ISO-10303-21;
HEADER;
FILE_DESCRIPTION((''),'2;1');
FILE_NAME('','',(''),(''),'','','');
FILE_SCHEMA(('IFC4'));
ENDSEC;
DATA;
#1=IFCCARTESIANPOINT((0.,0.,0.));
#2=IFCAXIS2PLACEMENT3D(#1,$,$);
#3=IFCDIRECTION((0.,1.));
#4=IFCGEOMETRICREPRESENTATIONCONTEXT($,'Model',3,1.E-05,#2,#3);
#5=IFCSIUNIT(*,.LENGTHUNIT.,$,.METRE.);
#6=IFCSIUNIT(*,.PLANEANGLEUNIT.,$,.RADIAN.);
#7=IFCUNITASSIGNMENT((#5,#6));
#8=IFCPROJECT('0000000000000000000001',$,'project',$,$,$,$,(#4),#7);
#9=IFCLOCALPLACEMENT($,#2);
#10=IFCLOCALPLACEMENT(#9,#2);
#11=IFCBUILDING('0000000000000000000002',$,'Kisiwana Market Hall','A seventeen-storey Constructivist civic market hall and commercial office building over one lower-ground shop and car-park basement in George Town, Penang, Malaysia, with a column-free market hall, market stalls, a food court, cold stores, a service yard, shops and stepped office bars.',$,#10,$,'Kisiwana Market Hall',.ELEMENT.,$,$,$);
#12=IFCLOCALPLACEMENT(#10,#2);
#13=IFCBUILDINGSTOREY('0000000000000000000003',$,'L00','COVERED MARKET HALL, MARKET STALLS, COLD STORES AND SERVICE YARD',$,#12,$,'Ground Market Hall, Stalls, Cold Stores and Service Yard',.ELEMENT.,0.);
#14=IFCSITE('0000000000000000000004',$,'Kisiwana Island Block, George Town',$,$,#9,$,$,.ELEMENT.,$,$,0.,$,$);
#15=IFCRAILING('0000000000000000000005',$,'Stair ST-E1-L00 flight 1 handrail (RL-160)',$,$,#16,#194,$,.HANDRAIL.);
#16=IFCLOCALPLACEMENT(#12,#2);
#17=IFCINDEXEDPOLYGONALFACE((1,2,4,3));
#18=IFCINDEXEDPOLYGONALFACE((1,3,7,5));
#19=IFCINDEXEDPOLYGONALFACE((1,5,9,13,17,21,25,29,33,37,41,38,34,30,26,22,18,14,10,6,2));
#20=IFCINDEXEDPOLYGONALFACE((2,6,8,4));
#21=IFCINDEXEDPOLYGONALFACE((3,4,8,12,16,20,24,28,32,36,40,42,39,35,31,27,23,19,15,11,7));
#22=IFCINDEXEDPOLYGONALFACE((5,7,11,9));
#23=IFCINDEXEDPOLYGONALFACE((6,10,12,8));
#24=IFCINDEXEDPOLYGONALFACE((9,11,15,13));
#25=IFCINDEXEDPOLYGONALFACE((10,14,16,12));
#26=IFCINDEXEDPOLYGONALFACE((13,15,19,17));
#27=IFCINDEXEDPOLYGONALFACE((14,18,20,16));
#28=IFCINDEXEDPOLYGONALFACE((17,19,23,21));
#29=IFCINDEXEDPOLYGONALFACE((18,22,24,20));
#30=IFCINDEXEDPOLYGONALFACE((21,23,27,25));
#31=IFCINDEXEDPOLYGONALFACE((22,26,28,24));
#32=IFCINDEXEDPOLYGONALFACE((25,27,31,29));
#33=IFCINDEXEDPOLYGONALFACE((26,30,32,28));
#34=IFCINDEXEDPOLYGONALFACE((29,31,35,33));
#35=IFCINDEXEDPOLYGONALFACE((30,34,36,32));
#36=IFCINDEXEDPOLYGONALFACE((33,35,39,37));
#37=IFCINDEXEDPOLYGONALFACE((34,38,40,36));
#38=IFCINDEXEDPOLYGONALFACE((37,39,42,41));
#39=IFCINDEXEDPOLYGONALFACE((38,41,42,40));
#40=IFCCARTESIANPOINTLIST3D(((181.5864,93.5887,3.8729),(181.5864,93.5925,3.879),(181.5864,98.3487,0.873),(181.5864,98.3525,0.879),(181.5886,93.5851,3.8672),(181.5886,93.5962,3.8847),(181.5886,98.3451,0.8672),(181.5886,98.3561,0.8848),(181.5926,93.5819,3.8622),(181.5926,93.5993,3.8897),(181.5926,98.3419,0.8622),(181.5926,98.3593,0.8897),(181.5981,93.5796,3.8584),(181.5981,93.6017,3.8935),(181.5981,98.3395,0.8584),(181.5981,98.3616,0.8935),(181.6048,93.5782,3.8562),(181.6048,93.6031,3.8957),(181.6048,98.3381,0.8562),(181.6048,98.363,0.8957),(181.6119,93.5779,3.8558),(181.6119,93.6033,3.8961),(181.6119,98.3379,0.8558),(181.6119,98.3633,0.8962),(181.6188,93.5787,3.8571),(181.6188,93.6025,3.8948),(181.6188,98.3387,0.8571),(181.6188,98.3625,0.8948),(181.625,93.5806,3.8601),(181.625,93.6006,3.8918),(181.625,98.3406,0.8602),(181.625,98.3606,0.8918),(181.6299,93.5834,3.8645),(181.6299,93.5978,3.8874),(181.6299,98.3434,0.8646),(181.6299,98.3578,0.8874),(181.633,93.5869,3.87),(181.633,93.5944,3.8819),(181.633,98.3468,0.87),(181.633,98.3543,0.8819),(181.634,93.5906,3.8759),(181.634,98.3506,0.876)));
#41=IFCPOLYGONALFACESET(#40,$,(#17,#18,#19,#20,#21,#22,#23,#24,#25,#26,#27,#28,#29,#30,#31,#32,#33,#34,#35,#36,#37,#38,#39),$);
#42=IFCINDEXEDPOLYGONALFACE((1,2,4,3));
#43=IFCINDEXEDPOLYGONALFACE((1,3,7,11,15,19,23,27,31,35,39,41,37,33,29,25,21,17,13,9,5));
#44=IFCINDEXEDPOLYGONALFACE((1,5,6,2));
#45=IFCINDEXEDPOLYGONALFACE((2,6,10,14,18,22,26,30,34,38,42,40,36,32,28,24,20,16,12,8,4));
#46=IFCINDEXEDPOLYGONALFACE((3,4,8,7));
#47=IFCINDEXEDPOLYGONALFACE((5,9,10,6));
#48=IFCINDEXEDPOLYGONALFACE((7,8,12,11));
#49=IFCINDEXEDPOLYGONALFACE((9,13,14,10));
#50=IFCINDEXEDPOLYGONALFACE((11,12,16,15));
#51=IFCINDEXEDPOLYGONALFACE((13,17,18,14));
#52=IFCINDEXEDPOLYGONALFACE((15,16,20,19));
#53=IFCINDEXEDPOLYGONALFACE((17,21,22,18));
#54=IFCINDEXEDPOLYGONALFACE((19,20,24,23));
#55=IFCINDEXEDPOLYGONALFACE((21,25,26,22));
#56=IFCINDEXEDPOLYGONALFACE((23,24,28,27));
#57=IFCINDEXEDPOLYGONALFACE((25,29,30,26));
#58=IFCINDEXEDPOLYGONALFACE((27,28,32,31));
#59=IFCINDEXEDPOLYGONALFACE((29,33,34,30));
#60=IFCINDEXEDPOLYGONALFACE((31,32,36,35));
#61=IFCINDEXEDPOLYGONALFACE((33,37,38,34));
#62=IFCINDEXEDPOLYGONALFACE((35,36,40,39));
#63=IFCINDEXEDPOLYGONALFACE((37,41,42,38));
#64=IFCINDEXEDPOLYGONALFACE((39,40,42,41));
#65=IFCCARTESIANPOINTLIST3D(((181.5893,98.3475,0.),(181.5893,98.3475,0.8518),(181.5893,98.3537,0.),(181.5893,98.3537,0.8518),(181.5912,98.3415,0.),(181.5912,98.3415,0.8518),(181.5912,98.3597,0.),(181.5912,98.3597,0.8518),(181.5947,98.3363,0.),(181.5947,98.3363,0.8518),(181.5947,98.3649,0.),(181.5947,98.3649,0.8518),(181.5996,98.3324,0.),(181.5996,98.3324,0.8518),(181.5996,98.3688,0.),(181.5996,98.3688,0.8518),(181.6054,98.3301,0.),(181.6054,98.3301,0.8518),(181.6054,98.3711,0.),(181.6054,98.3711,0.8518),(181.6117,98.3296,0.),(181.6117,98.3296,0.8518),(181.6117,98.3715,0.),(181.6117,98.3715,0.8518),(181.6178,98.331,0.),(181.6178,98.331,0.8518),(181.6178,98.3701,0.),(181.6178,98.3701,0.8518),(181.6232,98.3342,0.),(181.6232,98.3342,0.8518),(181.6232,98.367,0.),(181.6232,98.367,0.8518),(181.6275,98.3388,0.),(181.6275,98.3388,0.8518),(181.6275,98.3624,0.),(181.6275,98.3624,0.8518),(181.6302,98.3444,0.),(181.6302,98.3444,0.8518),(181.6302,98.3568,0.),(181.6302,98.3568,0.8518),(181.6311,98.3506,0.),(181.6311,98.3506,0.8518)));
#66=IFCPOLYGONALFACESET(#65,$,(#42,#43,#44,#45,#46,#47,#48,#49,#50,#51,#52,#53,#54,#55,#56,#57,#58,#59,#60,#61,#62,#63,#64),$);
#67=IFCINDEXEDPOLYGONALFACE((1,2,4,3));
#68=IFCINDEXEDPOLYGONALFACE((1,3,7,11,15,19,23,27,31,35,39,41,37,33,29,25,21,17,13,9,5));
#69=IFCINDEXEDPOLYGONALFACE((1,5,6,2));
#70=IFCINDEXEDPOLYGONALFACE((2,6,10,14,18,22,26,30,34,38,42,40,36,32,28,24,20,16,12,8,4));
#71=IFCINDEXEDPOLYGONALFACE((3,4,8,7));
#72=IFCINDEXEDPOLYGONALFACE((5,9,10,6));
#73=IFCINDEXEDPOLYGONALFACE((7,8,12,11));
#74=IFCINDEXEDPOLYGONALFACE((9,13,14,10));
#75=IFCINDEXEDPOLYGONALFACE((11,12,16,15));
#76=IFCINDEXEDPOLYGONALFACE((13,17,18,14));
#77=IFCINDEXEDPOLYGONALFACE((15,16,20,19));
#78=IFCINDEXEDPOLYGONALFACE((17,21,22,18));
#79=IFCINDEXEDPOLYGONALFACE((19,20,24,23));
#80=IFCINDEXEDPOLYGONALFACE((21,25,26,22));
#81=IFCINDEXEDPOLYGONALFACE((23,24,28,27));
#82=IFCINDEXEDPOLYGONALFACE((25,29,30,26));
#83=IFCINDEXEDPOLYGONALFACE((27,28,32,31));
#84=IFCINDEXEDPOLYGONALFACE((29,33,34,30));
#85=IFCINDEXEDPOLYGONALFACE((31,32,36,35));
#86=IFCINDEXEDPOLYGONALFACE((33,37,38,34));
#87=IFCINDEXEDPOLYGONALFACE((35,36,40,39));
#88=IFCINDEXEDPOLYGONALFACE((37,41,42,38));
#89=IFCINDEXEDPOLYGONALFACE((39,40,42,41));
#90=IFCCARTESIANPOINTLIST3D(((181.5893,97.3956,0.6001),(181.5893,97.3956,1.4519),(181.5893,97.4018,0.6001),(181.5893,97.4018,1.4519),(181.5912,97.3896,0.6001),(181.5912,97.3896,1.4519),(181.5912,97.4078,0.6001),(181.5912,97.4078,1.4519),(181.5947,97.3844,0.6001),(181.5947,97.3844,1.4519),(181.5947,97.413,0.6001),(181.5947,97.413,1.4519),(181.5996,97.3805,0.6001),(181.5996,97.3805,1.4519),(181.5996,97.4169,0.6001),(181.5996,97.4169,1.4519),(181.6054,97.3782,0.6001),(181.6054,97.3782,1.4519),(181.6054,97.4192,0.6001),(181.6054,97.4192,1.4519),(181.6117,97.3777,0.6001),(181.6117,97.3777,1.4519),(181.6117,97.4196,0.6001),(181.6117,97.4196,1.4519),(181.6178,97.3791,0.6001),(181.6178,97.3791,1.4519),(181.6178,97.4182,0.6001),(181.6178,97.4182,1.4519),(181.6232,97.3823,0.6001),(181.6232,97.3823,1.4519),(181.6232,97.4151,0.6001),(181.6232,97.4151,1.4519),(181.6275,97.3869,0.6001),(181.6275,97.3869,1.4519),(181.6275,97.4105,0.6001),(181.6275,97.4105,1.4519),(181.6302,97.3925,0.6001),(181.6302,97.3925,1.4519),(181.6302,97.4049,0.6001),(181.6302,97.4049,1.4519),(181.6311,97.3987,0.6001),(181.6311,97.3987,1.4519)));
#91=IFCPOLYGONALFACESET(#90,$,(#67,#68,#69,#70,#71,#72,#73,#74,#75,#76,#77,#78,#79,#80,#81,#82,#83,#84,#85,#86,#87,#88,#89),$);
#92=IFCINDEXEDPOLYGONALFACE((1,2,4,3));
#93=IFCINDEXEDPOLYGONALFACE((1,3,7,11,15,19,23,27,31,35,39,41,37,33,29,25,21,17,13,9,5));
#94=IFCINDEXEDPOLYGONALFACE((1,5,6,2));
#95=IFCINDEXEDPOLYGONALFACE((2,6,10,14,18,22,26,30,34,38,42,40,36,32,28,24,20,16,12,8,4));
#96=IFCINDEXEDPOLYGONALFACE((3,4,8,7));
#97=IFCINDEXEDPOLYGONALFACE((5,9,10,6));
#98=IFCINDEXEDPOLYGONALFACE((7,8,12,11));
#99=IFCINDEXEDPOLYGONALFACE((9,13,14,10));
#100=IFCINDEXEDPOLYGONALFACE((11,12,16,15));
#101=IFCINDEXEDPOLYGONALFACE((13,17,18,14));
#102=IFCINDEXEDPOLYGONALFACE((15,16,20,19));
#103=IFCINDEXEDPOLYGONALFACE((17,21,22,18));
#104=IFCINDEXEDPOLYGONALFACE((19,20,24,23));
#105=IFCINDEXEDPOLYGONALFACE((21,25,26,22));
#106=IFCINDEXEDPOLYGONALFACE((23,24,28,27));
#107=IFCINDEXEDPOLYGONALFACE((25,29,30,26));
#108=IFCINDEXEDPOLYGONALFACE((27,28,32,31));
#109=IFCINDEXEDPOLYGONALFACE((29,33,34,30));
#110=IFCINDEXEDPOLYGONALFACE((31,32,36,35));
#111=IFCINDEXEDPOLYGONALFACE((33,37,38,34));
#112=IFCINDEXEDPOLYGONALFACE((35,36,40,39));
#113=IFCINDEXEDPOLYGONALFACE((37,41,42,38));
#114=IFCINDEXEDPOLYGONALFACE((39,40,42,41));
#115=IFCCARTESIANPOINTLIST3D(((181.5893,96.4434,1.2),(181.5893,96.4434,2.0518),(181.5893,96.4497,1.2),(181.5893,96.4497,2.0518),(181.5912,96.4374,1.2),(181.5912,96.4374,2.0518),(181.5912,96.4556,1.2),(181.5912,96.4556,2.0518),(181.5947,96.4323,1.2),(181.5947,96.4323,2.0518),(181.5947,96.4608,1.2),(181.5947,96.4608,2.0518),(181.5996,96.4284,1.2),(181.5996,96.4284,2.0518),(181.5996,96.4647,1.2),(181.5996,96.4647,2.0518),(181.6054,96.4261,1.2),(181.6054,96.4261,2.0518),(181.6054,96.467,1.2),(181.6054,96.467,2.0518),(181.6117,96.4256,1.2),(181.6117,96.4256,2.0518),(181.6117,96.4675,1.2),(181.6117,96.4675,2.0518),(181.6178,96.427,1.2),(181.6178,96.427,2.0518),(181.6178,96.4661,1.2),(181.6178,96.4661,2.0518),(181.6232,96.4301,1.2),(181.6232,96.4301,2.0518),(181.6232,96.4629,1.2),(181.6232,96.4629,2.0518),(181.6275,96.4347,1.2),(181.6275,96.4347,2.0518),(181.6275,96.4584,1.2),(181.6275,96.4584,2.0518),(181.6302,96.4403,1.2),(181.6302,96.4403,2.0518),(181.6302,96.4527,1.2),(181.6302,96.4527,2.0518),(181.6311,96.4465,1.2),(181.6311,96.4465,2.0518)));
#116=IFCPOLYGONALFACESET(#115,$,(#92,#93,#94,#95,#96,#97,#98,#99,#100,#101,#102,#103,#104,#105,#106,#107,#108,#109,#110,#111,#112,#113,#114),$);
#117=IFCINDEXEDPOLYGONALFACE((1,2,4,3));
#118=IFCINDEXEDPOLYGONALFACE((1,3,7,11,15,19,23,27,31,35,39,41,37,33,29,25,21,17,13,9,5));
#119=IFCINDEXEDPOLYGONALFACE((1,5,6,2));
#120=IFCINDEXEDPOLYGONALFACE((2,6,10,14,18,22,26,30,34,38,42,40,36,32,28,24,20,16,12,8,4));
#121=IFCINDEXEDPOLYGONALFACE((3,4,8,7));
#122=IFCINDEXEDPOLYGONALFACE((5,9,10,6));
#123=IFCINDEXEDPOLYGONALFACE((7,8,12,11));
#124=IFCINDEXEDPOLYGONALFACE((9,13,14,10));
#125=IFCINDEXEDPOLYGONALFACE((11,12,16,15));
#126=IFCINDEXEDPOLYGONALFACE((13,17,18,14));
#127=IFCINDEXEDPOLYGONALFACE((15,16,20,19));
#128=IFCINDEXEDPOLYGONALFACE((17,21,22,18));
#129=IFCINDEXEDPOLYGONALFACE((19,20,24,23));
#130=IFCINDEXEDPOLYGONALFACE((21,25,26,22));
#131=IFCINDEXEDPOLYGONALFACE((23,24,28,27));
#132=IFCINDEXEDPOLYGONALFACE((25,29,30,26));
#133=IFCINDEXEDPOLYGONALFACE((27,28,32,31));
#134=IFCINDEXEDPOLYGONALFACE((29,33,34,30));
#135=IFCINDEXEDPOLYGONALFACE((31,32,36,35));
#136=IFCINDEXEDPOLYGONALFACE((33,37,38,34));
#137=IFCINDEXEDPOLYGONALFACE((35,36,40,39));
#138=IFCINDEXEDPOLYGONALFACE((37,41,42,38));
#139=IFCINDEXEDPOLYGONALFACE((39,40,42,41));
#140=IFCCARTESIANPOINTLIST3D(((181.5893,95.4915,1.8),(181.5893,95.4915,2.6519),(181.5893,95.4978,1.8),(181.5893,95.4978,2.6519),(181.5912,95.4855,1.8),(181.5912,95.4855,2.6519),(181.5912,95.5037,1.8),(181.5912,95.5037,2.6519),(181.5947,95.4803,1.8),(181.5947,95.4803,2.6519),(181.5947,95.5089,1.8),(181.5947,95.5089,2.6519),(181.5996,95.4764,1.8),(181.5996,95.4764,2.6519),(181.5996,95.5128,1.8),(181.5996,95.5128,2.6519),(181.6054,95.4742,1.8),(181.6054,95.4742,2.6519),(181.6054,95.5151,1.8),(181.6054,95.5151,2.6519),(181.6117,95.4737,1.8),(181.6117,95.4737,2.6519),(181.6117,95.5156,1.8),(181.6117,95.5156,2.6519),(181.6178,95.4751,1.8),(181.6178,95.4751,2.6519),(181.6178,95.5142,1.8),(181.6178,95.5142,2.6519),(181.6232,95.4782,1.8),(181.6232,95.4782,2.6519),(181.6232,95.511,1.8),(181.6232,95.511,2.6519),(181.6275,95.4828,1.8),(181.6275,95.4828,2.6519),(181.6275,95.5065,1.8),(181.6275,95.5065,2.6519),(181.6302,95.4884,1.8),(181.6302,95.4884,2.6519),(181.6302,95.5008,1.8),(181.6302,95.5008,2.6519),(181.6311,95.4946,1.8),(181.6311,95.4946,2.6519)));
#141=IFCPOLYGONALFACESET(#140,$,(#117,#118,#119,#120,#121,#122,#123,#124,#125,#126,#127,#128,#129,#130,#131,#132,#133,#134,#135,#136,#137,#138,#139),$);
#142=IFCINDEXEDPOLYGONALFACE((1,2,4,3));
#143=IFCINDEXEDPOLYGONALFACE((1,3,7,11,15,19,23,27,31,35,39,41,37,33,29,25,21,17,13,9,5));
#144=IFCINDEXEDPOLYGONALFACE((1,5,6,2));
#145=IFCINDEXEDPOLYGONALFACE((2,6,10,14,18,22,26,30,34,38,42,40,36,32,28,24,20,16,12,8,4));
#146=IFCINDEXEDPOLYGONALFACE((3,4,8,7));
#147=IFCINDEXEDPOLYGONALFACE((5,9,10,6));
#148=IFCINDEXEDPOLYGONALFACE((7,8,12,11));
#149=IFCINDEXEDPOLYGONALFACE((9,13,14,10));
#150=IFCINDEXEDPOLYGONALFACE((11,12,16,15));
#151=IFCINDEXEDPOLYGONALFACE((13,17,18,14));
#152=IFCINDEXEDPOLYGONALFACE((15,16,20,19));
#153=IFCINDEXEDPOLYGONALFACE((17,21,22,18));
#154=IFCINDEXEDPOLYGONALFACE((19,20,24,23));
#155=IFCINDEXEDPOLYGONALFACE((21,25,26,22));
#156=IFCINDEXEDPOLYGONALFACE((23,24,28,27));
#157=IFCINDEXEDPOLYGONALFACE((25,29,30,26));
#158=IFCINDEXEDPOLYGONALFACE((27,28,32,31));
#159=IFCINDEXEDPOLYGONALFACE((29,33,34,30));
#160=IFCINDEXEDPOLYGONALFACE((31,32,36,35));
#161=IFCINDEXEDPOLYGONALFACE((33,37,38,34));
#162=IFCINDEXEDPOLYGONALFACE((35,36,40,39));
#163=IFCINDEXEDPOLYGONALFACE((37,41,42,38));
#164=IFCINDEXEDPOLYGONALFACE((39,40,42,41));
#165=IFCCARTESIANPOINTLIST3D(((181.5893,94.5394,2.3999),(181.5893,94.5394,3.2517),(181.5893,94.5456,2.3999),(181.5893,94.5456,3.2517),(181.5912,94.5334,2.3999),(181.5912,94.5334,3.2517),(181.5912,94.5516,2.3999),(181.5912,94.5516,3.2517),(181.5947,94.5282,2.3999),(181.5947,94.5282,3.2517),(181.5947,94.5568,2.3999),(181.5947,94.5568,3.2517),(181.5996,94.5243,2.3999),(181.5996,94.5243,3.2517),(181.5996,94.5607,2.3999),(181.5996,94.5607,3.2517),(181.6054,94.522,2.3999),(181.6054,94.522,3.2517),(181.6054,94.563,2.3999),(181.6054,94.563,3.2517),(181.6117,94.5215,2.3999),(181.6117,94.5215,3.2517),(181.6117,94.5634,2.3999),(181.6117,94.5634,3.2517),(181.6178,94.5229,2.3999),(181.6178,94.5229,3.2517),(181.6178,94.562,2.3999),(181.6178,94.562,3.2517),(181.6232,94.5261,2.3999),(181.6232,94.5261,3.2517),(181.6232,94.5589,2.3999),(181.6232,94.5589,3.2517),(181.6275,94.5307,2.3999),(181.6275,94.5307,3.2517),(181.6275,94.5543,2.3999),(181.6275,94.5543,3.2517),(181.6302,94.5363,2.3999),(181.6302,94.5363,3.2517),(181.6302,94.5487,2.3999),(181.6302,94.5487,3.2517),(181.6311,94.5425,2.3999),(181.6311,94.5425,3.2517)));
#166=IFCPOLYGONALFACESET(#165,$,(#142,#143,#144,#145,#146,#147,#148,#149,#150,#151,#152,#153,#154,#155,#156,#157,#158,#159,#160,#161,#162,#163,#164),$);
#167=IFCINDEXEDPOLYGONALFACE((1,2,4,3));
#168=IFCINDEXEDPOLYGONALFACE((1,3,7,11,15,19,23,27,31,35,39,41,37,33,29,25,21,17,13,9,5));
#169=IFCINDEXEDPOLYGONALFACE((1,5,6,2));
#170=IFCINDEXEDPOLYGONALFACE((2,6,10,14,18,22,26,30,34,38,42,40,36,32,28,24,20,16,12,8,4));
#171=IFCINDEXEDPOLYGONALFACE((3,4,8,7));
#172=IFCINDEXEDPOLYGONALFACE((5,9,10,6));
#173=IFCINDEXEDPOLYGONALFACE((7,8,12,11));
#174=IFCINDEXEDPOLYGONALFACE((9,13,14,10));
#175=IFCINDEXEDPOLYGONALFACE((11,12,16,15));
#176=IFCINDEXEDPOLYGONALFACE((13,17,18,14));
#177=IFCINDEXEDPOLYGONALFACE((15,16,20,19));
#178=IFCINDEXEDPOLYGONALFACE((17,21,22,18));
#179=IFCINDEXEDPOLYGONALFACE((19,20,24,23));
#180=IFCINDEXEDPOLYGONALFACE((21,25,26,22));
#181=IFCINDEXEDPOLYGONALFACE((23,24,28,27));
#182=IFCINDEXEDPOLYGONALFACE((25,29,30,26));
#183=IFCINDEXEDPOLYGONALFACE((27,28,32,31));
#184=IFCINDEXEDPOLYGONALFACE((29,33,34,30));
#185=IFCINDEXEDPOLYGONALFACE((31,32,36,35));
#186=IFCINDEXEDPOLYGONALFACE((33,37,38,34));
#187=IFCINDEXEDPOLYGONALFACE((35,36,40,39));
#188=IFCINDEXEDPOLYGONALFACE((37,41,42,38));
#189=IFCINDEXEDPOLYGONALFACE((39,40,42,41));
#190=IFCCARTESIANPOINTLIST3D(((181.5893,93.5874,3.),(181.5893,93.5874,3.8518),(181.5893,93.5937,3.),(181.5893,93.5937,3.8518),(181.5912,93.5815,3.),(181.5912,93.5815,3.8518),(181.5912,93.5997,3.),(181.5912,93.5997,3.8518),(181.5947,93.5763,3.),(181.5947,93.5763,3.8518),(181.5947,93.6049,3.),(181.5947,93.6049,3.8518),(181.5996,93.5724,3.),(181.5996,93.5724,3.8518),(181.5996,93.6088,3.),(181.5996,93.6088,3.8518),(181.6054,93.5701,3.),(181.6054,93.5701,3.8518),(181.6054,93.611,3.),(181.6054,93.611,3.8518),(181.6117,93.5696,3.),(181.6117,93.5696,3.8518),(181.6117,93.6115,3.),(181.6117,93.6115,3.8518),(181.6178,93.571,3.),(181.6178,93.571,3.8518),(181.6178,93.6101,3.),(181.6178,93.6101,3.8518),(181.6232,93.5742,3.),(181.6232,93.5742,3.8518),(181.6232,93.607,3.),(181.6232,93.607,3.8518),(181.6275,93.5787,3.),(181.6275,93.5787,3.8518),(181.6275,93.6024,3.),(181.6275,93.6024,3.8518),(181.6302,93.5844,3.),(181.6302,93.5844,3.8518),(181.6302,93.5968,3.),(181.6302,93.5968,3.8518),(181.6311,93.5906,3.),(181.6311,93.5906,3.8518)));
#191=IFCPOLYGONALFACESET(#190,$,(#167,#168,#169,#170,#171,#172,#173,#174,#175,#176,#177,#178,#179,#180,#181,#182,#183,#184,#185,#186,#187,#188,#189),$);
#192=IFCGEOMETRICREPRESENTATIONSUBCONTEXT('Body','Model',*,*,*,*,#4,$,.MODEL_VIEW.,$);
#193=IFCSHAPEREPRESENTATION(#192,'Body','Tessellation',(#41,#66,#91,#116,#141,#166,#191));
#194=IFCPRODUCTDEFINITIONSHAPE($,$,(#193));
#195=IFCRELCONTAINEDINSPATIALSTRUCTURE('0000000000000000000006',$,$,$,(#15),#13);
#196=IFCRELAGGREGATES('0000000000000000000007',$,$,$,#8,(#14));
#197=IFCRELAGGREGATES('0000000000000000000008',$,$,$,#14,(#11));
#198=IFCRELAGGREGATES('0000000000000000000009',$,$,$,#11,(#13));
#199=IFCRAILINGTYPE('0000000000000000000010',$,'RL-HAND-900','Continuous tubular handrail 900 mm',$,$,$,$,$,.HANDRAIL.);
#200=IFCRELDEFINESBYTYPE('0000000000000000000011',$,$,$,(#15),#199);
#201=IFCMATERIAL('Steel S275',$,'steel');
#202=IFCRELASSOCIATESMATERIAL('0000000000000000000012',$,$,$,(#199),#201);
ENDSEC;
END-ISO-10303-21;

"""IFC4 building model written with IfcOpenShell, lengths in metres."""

from ifc_helpers import new_model, si_unit, direction, frame, origin, origin_2d, place, context, subcontext, project, spatial, circle, extrude, material, type_object, element, save


model = new_model("IFC4")

# Units and contexts
model_context = context("Model", 3, precision=1e-05, world=origin(), true_north=direction((0.0, 1.0)))
body_context = subcontext(model_context, "Body", "Model", "MODEL_VIEW")
ifc_project = project(units=[si_unit("LENGTHUNIT", "METRE"), si_unit("PLANEANGLEUNIT", "RADIAN")], contexts=[model_context])

# Site, building, storey
site_placement = place(None, origin())
site = spatial("IfcSite", under=ifc_project, at=site_placement, Name="Kisiwana Island Block, George Town", CompositionType="ELEMENT", RefElevation=0.0)
building_placement = place(site_placement, origin())
building = spatial("IfcBuilding", under=site, at=building_placement, Name="Kisiwana Market Hall", Description="A seventeen-storey Constructivist civic market hall and commercial office building over one lower-ground shop and car-park basement in George Town, Penang, Malaysia, with a column-free market hall, market stalls, a food court, cold stores, a service yard, shops and stepped office bars.", LongName="Kisiwana Market Hall", CompositionType="ELEMENT")
storey_placement = place(building_placement, origin())
storey = spatial("IfcBuildingStorey", under=building, at=storey_placement, Name="L00", Description="COVERED MARKET HALL, MARKET STALLS, COLD STORES AND SERVICE YARD", LongName="Ground Market Hall, Stalls, Cold Stores and Service Yard", CompositionType="ELEMENT", Elevation=0.0)

# Railing
ifc_material_1 = material(Name="Steel S275", Category="steel")
railing_type_1 = type_object("IfcRailingType", Name="RL-HAND-900", Description="Continuous tubular handrail 900 mm", PredefinedType="HANDRAIL", material=ifc_material_1)
railing_1_placement = place(storey_placement, frame((181.6101, 98.3506, 0.0)))
element("IfcRailing", 1, at=railing_1_placement, inside=storey, type_object=railing_type_1, Name="Stair ST-E1-L00 flight 1 handrail (RL-160)", PredefinedType="HANDRAIL", context=body_context, shape_type="SweptSolid", body=[
    extrude(circle(Radius=0.0239, at=origin_2d()), frame((0.0, 0.0, 0.876), z_axis=(0.0, -0.845996, 0.53319), x_axis=(1.0, 0.0, 0.0)), (0.0, 0.0, 1.0), 5.6265),
    extrude(circle(Radius=0.021, at=origin_2d()), origin(), (0.0, 0.0, 1.0), 0.8518),
    extrude(circle(Radius=0.021, at=origin_2d()), frame((0.0, -0.9519, 0.6001)), (0.0, 0.0, 1.0), 0.8518),
    extrude(circle(Radius=0.021, at=origin_2d()), frame((0.0, -1.9041, 1.2)), (0.0, 0.0, 1.0), 0.8518),
    extrude(circle(Radius=0.021, at=origin_2d()), frame((0.0, -2.856, 1.8)), (0.0, 0.0, 1.0), 0.8518),
    extrude(circle(Radius=0.021, at=origin_2d()), frame((0.0, -3.8081, 2.3999)), (0.0, 0.0, 1.0), 0.8518),
    extrude(circle(Radius=0.021, at=origin_2d()), frame((0.0, -4.76, 3.0)), (0.0, 0.0, 1.0), 0.8518),
])

save(model, "model.ifc")
